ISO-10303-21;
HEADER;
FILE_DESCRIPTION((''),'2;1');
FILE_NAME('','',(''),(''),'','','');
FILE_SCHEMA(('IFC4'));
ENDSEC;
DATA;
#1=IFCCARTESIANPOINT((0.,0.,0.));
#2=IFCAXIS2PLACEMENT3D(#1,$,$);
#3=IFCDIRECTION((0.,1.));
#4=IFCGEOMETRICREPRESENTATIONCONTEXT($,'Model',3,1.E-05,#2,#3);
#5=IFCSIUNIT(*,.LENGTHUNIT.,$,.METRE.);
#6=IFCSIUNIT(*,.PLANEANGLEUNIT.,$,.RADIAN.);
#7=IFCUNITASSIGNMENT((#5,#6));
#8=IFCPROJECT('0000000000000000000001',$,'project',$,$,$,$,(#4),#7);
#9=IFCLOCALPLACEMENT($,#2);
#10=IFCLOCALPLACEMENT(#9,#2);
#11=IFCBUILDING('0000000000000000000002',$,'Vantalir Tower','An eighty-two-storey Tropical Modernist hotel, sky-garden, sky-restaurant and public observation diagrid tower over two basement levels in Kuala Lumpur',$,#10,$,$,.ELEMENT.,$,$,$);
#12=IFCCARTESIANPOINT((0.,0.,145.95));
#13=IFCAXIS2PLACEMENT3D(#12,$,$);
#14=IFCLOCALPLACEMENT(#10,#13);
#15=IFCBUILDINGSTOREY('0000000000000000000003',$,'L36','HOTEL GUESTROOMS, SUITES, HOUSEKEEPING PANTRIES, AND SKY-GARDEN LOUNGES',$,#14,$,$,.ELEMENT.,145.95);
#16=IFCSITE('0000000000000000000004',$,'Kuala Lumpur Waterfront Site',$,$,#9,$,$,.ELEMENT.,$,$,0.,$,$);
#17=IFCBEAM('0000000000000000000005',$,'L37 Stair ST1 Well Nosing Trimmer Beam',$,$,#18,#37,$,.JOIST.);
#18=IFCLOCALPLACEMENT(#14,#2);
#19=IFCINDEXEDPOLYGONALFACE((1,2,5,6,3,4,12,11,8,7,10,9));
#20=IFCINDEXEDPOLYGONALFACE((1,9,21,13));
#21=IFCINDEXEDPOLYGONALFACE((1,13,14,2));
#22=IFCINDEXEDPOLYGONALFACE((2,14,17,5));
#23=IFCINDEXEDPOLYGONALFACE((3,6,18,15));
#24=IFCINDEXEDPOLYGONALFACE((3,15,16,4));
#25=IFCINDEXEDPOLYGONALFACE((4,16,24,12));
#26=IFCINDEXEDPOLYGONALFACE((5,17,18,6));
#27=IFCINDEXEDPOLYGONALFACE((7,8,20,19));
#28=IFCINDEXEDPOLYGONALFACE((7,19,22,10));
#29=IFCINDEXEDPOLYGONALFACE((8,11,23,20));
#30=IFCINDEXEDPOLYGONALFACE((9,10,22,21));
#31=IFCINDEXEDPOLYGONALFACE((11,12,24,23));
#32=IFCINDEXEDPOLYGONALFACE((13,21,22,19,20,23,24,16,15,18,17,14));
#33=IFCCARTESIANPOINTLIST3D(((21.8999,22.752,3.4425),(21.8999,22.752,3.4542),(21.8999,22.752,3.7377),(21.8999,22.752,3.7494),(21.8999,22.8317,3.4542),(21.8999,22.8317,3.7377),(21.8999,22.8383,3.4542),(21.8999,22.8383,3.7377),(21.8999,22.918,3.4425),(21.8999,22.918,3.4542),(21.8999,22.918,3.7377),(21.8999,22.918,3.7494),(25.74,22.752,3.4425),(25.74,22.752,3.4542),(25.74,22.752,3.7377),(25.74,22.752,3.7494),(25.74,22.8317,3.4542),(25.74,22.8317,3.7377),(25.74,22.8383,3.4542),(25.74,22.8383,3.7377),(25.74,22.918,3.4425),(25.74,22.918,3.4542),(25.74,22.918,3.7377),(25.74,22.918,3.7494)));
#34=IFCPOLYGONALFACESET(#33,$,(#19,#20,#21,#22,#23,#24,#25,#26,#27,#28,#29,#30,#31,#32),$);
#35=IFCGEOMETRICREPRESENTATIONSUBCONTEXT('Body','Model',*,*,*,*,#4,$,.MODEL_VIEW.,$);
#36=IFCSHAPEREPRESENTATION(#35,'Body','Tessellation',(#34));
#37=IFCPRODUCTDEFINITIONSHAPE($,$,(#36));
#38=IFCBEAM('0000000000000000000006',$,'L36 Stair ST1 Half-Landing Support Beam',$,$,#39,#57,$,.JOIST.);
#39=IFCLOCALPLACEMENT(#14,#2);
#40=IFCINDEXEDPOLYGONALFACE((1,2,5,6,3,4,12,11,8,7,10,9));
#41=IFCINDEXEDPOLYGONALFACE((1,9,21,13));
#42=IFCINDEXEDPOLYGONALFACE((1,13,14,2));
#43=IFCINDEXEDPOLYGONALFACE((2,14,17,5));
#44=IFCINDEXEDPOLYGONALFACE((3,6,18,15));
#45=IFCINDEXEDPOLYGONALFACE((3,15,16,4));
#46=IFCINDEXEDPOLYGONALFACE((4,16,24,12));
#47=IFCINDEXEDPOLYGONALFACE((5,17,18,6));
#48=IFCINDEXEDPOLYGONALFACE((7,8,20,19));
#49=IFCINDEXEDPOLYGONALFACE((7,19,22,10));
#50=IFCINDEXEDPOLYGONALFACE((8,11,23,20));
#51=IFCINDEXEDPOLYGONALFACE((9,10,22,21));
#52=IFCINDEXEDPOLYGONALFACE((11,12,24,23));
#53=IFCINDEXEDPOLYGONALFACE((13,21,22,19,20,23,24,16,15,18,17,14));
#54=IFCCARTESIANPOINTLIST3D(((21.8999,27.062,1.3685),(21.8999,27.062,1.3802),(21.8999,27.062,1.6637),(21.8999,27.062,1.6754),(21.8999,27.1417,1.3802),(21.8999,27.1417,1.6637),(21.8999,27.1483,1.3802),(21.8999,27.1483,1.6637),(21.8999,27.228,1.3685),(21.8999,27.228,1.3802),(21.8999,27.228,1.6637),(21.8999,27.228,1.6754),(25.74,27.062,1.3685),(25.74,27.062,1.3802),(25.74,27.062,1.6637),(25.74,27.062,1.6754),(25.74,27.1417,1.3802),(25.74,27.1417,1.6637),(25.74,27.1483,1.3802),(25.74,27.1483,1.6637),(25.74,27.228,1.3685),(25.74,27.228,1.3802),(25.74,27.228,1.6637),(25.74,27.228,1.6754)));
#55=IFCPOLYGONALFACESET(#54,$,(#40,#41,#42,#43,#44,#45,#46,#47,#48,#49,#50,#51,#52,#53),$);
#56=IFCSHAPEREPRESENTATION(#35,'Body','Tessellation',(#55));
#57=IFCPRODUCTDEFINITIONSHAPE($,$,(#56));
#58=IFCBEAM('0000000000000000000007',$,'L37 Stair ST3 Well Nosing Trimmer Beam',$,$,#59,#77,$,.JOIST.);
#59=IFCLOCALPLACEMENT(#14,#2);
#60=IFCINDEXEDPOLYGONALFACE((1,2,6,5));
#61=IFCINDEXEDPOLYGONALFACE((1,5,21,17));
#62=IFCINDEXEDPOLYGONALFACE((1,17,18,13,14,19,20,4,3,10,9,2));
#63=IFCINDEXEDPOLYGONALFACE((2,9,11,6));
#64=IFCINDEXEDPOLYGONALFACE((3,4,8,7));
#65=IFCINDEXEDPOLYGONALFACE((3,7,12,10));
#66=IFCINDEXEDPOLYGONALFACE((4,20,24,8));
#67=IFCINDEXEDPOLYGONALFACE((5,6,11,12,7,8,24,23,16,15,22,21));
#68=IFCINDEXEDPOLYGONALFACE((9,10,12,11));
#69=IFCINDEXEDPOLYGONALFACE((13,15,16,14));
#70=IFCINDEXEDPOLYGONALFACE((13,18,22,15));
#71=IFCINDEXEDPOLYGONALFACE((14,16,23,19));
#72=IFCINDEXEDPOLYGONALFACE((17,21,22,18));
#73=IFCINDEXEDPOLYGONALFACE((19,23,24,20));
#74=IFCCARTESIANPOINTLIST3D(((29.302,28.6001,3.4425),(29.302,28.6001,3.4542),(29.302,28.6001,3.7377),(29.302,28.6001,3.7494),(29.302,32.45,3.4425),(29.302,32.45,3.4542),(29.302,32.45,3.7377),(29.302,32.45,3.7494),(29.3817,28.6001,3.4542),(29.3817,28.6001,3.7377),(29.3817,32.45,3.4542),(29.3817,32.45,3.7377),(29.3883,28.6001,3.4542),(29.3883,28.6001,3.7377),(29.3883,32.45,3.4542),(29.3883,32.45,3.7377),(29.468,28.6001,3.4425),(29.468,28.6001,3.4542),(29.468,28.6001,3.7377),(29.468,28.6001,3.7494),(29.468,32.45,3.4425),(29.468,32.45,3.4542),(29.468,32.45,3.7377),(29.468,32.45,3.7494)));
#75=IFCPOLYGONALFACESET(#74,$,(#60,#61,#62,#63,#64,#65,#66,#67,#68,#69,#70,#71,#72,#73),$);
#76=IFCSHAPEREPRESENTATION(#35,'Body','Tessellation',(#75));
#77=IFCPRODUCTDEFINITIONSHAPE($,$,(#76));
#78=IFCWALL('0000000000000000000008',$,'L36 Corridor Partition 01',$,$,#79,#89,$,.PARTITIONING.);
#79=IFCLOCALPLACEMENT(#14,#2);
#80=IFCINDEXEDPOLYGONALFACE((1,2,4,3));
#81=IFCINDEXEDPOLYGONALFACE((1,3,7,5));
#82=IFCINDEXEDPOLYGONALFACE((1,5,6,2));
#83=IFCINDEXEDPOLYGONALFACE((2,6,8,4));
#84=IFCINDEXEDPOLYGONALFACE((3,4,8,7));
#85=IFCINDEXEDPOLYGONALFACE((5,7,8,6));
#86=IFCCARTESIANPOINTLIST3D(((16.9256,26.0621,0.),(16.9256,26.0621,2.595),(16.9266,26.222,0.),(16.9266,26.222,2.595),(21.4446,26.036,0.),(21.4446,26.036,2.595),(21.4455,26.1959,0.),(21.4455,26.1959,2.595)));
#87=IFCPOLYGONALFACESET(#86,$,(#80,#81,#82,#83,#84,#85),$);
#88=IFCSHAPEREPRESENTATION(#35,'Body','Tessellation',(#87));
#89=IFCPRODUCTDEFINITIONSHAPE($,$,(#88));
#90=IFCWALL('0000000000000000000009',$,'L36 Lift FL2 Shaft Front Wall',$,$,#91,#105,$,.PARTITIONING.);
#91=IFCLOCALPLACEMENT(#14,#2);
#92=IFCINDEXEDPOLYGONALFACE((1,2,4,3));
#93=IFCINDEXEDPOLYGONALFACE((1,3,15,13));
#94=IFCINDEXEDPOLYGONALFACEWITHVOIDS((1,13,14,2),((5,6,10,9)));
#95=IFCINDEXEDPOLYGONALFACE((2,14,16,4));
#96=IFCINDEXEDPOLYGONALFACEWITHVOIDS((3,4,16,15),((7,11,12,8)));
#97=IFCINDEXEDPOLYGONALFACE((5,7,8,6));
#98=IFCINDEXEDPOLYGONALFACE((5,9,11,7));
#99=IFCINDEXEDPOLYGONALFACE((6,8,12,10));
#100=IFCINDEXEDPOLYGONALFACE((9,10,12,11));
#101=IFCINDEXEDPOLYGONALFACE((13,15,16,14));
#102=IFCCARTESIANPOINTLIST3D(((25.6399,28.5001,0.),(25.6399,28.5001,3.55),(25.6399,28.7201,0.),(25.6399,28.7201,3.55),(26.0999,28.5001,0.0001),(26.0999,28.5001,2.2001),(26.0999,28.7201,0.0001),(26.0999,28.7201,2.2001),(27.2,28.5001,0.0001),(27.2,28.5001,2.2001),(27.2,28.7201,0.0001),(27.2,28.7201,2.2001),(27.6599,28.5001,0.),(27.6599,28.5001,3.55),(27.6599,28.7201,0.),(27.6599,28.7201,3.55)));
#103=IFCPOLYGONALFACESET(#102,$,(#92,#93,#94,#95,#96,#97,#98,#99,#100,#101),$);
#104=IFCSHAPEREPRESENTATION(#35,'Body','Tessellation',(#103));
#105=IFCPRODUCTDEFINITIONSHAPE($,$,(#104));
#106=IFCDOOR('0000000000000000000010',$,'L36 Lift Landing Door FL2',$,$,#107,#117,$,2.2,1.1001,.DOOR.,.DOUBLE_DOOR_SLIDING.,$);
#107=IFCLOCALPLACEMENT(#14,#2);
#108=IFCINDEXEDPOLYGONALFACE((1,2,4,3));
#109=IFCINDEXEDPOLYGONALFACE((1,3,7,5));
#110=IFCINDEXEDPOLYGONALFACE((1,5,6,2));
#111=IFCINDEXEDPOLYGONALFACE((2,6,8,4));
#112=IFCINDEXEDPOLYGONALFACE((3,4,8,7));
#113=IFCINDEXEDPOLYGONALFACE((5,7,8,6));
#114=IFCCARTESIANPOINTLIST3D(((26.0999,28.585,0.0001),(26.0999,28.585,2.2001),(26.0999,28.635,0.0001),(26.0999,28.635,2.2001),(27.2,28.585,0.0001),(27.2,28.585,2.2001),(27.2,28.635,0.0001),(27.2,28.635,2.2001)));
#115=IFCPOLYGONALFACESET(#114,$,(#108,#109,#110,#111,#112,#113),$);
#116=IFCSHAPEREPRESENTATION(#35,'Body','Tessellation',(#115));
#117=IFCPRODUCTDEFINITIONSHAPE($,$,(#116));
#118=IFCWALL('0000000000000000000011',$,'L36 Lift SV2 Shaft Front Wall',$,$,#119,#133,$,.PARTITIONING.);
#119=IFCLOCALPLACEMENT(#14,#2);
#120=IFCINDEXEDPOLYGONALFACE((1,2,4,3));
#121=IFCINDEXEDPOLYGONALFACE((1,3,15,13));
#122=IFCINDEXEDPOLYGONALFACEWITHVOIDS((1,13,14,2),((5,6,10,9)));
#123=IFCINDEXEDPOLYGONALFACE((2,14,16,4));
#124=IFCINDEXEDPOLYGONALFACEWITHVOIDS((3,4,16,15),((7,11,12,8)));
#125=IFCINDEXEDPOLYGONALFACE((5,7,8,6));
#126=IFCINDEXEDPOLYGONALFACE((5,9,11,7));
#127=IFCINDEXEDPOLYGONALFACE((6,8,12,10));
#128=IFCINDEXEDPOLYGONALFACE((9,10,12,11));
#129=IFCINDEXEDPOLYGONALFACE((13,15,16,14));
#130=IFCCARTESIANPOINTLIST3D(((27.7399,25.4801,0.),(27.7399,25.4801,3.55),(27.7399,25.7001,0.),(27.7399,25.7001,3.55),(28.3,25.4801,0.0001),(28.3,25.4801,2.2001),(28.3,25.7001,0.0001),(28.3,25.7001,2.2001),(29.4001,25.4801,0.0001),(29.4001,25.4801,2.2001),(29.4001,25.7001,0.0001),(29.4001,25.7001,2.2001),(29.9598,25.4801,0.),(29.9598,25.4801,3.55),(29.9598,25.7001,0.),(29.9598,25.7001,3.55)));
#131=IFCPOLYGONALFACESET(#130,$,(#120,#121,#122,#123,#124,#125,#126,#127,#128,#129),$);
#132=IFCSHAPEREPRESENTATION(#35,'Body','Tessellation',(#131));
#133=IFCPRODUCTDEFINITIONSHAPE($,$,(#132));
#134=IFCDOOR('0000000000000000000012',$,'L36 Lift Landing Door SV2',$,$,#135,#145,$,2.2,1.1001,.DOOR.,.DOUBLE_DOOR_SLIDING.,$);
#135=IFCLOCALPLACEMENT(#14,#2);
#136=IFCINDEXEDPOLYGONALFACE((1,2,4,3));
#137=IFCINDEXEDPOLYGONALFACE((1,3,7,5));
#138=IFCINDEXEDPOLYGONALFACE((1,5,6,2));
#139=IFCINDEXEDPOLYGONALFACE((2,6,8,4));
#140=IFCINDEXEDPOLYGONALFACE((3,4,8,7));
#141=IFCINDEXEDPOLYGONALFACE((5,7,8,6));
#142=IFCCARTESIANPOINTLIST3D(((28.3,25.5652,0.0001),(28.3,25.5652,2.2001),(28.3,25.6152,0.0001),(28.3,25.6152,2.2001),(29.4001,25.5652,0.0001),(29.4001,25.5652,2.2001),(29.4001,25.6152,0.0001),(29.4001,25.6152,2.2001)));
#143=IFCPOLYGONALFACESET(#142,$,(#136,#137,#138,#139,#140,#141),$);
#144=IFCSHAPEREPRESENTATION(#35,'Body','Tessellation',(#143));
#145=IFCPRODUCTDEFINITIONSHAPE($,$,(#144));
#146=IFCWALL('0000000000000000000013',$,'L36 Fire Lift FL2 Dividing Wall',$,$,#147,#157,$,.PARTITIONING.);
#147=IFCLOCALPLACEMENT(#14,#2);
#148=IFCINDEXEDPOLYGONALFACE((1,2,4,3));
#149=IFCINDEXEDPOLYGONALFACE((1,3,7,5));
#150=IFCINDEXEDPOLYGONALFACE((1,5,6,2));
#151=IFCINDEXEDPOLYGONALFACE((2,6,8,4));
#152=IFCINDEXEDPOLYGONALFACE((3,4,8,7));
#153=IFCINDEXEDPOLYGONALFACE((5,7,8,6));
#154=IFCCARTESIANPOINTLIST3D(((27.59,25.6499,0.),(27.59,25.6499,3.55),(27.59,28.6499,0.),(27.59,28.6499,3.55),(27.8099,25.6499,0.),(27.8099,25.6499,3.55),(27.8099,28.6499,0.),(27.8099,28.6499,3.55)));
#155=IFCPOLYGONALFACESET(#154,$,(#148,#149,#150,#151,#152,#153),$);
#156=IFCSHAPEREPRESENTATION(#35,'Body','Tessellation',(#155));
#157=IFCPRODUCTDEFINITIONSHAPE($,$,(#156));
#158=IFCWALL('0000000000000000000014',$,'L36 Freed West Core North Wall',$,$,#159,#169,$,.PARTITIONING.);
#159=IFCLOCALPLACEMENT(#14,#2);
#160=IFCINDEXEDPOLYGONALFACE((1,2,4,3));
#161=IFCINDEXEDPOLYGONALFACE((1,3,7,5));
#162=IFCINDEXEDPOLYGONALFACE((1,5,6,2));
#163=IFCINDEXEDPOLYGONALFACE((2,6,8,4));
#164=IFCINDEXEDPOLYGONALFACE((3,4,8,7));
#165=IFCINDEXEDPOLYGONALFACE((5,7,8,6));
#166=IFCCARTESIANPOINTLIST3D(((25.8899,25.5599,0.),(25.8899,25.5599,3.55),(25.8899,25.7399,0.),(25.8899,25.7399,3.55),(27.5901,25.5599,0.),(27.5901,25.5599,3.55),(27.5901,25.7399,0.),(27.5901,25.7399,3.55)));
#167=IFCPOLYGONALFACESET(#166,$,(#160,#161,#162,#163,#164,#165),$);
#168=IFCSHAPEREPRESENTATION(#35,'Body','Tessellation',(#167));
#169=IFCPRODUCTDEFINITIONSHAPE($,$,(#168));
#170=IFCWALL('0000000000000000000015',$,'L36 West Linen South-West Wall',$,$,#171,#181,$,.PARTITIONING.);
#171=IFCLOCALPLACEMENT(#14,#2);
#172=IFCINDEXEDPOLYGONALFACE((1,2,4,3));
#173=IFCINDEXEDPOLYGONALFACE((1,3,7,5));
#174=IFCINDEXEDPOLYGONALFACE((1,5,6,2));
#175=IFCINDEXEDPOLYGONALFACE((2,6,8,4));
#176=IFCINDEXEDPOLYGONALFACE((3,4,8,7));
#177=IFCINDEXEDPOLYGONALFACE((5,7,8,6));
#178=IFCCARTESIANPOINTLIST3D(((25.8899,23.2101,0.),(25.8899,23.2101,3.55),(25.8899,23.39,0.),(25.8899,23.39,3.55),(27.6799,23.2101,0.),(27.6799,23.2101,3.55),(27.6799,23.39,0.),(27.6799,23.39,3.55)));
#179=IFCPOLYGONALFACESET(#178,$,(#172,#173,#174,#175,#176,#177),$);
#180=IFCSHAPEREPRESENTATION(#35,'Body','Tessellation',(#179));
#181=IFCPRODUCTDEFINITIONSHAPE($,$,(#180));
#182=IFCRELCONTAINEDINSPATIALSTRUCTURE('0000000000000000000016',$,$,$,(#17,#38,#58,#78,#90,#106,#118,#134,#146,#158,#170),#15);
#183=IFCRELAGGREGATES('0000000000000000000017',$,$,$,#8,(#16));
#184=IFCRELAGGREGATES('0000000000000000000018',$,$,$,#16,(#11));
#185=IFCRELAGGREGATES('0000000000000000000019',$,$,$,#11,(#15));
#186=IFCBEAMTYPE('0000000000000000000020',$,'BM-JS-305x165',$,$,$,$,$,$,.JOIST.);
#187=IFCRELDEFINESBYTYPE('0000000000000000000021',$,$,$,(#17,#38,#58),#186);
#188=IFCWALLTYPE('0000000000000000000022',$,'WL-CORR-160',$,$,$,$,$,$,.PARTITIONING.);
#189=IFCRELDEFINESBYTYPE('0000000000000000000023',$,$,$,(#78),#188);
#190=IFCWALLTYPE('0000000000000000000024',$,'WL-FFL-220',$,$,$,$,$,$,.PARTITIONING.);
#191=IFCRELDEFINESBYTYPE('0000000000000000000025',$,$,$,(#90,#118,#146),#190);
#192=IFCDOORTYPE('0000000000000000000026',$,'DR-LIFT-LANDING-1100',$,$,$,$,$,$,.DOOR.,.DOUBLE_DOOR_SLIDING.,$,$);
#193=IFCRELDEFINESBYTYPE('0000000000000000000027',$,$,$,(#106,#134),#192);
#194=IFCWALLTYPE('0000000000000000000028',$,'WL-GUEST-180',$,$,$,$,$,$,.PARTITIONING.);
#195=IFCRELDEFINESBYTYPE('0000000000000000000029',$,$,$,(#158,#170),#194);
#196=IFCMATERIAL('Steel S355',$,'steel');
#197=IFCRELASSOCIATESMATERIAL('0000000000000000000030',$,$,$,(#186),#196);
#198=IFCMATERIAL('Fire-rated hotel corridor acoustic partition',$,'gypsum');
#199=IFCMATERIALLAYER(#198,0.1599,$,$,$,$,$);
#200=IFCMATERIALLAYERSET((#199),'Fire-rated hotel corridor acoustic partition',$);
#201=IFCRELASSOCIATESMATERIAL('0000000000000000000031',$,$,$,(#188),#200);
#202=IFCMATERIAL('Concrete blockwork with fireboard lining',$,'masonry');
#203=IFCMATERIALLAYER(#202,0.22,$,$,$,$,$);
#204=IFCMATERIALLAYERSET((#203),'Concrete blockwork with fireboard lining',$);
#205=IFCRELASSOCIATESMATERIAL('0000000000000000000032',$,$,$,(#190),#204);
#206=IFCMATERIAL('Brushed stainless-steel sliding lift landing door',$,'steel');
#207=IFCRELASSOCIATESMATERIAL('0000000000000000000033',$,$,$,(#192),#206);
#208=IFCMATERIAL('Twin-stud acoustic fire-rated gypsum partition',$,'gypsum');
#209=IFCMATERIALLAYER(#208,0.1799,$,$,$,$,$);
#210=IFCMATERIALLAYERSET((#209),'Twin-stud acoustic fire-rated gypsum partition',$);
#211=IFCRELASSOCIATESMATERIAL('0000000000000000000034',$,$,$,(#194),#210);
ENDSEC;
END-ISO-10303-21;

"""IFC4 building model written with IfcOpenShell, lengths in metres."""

from ifc_helpers import new_model, si_unit, direction, frame, frame_2d, origin, origin_2d, place, context, subcontext, project, spatial, rectangle, i_section, extrude, material, layer, layer_set, material_profile, profile_set, type_object, element, fill, save


model = new_model("IFC4")

# Units and contexts
model_context = context("Model", 3, precision=1e-05, world=origin(), true_north=direction((0.0, 1.0)))
body_context = subcontext(model_context, "Body", "Model", "MODEL_VIEW")
ifc_project = project(units=[si_unit("LENGTHUNIT", "METRE"), si_unit("PLANEANGLEUNIT", "RADIAN")], contexts=[model_context])

# Site, building, storey
site_placement = place(None, origin())
site = spatial("IfcSite", under=ifc_project, at=site_placement, Name="Kuala Lumpur Waterfront Site", CompositionType="ELEMENT", RefElevation=0.0)
building_placement = place(site_placement, origin())
building = spatial("IfcBuilding", under=site, at=building_placement, Name="Vantalir Tower", Description="An eighty-two-storey Tropical Modernist hotel, sky-garden, sky-restaurant and public observation diagrid tower over two basement levels in Kuala Lumpur", CompositionType="ELEMENT")
storey_placement = place(building_placement, frame((0.0, 0.0, 145.95)))
storey = spatial("IfcBuildingStorey", under=building, at=storey_placement, Name="L36", Description="HOTEL GUESTROOMS, SUITES, HOUSEKEEPING PANTRIES, AND SKY-GARDEN LOUNGES", CompositionType="ELEMENT", Elevation=145.95)

# Beams
ifc_material_1 = material(Name="Steel S355", Category="steel")
ifc_material_profile = material_profile(ifc_material_1, i_section(OverallWidth=0.166, OverallDepth=0.3069, WebThickness=0.0066, FlangeThickness=0.0117, at=origin_2d()), Name="Steel S355")
ifc_profile_set = profile_set([ifc_material_profile], Name="Steel S355")
beam_type = type_object("IfcBeamType", Name="BM-JS-305x165", PredefinedType="JOIST", material=ifc_profile_set)
for number, where, z_axis, x_axis, name in (
    (1, (21.8999, 22.835, 3.5959), (1.0, 0.0, 0.0), (0.0, 1.0, 0.0), "L37 Stair ST1 Well Nosing Trimmer Beam"),
    (2, (21.8999, 27.145, 1.522), (1.0, 0.0, 0.0), (0.0, 1.0, 0.0), "L36 Stair ST1 Half-Landing Support Beam"),
):
    element("IfcBeam", number, at=place(storey_placement, frame(where, z_axis=z_axis, x_axis=x_axis)), inside=storey, type_object=beam_type, Name=name, PredefinedType="JOIST", context=body_context, shape_type="SweptSolid", body=[
        extrude(i_section(OverallWidth=0.166, OverallDepth=0.3069, WebThickness=0.0066, FlangeThickness=0.0117, at=origin_2d()), origin(), (0.0, 0.0, 1.0), 3.8401),
    ])
beam_placement = place(storey_placement, frame((29.385, 28.6001, 3.5959), z_axis=(0.0, 1.0, 0.0), x_axis=(-1.0, 0.0, 0.0)))
element("IfcBeam", 3, at=beam_placement, inside=storey, type_object=beam_type, Name="L37 Stair ST3 Well Nosing Trimmer Beam", PredefinedType="JOIST", context=body_context, shape_type="SweptSolid", body=[
    extrude(i_section(OverallWidth=0.166, OverallDepth=0.3069, WebThickness=0.0066, FlangeThickness=0.0117, at=origin_2d()), origin(), (0.0, 0.0, 1.0), 3.8499),
])

# Wall
ifc_material_2 = material(Name="Fire-rated hotel corridor acoustic partition", Category="gypsum")
ifc_layer_1 = layer(ifc_material_2, 0.1599)
ifc_layer_set_1 = layer_set([ifc_layer_1], Name="Fire-rated hotel corridor acoustic partition")
wall_type_1 = type_object("IfcWallType", Name="WL-CORR-160", PredefinedType="PARTITIONING", material=ifc_layer_set_1)
wall_1_placement = place(storey_placement, frame((21.4451, 26.116, 0.0), z_axis=(0.0, 0.0, 1.0), x_axis=(-0.999983, 0.005781, 0.0)))
element("IfcWall", 4, at=wall_1_placement, inside=storey, type_object=wall_type_1, Name="L36 Corridor Partition 01", PredefinedType="PARTITIONING", context=body_context, shape_type="SweptSolid", body=[
    extrude(rectangle(XDim=4.519, YDim=0.1599, at=frame_2d((2.2595, 0.0))), origin(), (0.0, 0.0, 1.0), 2.595),
])

# Walls, openings, doors
ifc_material_3 = material(Name="Concrete blockwork with fireboard lining", Category="masonry")
ifc_layer_2 = layer(ifc_material_3, 0.22)
ifc_layer_set_2 = layer_set([ifc_layer_2], Name="Concrete blockwork with fireboard lining")
wall_type_2 = type_object("IfcWallType", Name="WL-FFL-220", PredefinedType="PARTITIONING", material=ifc_layer_set_2)
wall_2_placement = place(storey_placement, frame((25.6399, 28.6101, 0.0), z_axis=(0.0, 0.0, 1.0), x_axis=(1.0, 0.0, 0.0)))
wall_2 = element("IfcWall", 5, at=wall_2_placement, inside=storey, type_object=wall_type_2, Name="L36 Lift FL2 Shaft Front Wall", PredefinedType="PARTITIONING", context=body_context, shape_type="SweptSolid", body=[
    extrude(rectangle(XDim=2.02, YDim=0.22, at=frame_2d((1.01, 0.0))), origin(), (0.0, 0.0, 1.0), 3.55),
])
opening_1_placement = place(wall_2_placement, frame((0.46, 0.0, 0.0)))
opening_1 = element("IfcOpeningElement", 6, at=opening_1_placement, cuts=wall_2, PredefinedType="OPENING", context=body_context, shape_type="SweptSolid", body=[
    extrude(rectangle(XDim=1.1001, YDim=2.2, at=frame_2d((0.55, 1.1001))), frame((0.0, 0.1199, 0.0), z_axis=(0.0, -1.0, 0.0), x_axis=(1.0, 0.0, 0.0)), (0.0, 0.0, 1.0), 0.24),
])
ifc_material_4 = material(Name="Brushed stainless-steel sliding lift landing door", Category="steel")
door_type_1 = type_object("IfcDoorType", Name="DR-LIFT-LANDING-1100", OperationType="DOUBLE_DOOR_SLIDING", PredefinedType="DOOR", material=ifc_material_4)
door_1_placement = place(opening_1_placement, origin())
door_1 = element("IfcDoor", 7, at=door_1_placement, inside=storey, type_object=door_type_1, Name="L36 Lift Landing Door FL2", OperationType="DOUBLE_DOOR_SLIDING", OverallHeight=2.2, OverallWidth=1.1001, PredefinedType="DOOR", context=body_context, shape_type="SweptSolid", body=[
    extrude(rectangle(XDim=1.1001, YDim=2.2, at=frame_2d((0.55, 1.1001))), frame((0.0, 0.0249, 0.0), z_axis=(0.0, -1.0, 0.0), x_axis=(1.0, 0.0, 0.0)), (0.0, 0.0, 1.0), 0.05),
])
fill(opening_1, door_1)
wall_3_placement = place(storey_placement, frame((27.74, 25.5901, 0.0), z_axis=(0.0, 0.0, 1.0), x_axis=(1.0, 0.0, 0.0)))
wall_3 = element("IfcWall", 8, at=wall_3_placement, inside=storey, type_object=wall_type_2, Name="L36 Lift SV2 Shaft Front Wall", PredefinedType="PARTITIONING", context=body_context, shape_type="SweptSolid", body=[
    extrude(rectangle(XDim=2.22, YDim=0.22, at=frame_2d((1.1099, 0.0))), origin(), (0.0, 0.0, 1.0), 3.55),
])
opening_2_placement = place(wall_3_placement, frame((0.5601, 0.0, 0.0)))
opening_2 = element("IfcOpeningElement", 9, at=opening_2_placement, cuts=wall_3, PredefinedType="OPENING", context=body_context, shape_type="SweptSolid", body=[
    extrude(rectangle(XDim=1.1001, YDim=2.2, at=frame_2d((0.55, 1.1001))), frame((0.0, 0.1199, 0.0), z_axis=(0.0, -1.0, 0.0), x_axis=(1.0, 0.0, 0.0)), (0.0, 0.0, 1.0), 0.24),
])
door_2_placement = place(opening_2_placement, frame((1.1001, 0.0, 0.0), z_axis=(0.0, 0.0, 1.0), x_axis=(-1.0, 0.0, 0.0)))
door_2 = element("IfcDoor", 10, at=door_2_placement, inside=storey, type_object=door_type_1, Name="L36 Lift Landing Door SV2", OperationType="DOUBLE_DOOR_SLIDING", OverallHeight=2.2, OverallWidth=1.1001, PredefinedType="DOOR", context=body_context, shape_type="SweptSolid", body=[
    extrude(rectangle(XDim=1.1001, YDim=2.2, at=frame_2d((0.55, 1.1001))), frame((0.0, 0.0249, 0.0), z_axis=(0.0, -1.0, 0.0), x_axis=(1.0, 0.0, 0.0)), (0.0, 0.0, 1.0), 0.05),
])
fill(opening_2, door_2)

# Walls
wall_4_placement = place(storey_placement, frame((27.7, 25.6499, 0.0), z_axis=(0.0, 0.0, 1.0), x_axis=(0.0, 1.0, 0.0)))
element("IfcWall", 11, at=wall_4_placement, inside=storey, type_object=wall_type_2, Name="L36 Fire Lift FL2 Dividing Wall", PredefinedType="PARTITIONING", context=body_context, shape_type="SweptSolid", body=[
    extrude(rectangle(XDim=3.0, YDim=0.22, at=frame_2d((1.5, 0.0))), origin(), (0.0, 0.0, 1.0), 3.55),
])
ifc_material_5 = material(Name="Twin-stud acoustic fire-rated gypsum partition", Category="gypsum")
ifc_layer_3 = layer(ifc_material_5, 0.1799)
ifc_layer_set_3 = layer_set([ifc_layer_3], Name="Twin-stud acoustic fire-rated gypsum partition")
wall_type_3 = type_object("IfcWallType", Name="WL-GUEST-180", PredefinedType="PARTITIONING", material=ifc_layer_set_3)
wall_5_placement = place(storey_placement, frame((25.8899, 25.6499, 0.0), z_axis=(0.0, 0.0, 1.0), x_axis=(1.0, 0.0, 0.0)))
element("IfcWall", 12, at=wall_5_placement, inside=storey, type_object=wall_type_3, Name="L36 Freed West Core North Wall", PredefinedType="PARTITIONING", context=body_context, shape_type="SweptSolid", body=[
    extrude(rectangle(XDim=1.7002, YDim=0.1799, at=frame_2d((0.8501, 0.0))), origin(), (0.0, 0.0, 1.0), 3.55),
])
wall_6_placement = place(storey_placement, frame((25.8899, 23.3, 0.0), z_axis=(0.0, 0.0, 1.0), x_axis=(1.0, 0.0, 0.0)))
element("IfcWall", 13, at=wall_6_placement, inside=storey, type_object=wall_type_3, Name="L36 West Linen South-West Wall", PredefinedType="PARTITIONING", context=body_context, shape_type="SweptSolid", body=[
    extrude(rectangle(XDim=1.79, YDim=0.1799, at=frame_2d((0.895, 0.0))), origin(), (0.0, 0.0, 1.0), 3.55),
])

save(model, "model.ifc")
